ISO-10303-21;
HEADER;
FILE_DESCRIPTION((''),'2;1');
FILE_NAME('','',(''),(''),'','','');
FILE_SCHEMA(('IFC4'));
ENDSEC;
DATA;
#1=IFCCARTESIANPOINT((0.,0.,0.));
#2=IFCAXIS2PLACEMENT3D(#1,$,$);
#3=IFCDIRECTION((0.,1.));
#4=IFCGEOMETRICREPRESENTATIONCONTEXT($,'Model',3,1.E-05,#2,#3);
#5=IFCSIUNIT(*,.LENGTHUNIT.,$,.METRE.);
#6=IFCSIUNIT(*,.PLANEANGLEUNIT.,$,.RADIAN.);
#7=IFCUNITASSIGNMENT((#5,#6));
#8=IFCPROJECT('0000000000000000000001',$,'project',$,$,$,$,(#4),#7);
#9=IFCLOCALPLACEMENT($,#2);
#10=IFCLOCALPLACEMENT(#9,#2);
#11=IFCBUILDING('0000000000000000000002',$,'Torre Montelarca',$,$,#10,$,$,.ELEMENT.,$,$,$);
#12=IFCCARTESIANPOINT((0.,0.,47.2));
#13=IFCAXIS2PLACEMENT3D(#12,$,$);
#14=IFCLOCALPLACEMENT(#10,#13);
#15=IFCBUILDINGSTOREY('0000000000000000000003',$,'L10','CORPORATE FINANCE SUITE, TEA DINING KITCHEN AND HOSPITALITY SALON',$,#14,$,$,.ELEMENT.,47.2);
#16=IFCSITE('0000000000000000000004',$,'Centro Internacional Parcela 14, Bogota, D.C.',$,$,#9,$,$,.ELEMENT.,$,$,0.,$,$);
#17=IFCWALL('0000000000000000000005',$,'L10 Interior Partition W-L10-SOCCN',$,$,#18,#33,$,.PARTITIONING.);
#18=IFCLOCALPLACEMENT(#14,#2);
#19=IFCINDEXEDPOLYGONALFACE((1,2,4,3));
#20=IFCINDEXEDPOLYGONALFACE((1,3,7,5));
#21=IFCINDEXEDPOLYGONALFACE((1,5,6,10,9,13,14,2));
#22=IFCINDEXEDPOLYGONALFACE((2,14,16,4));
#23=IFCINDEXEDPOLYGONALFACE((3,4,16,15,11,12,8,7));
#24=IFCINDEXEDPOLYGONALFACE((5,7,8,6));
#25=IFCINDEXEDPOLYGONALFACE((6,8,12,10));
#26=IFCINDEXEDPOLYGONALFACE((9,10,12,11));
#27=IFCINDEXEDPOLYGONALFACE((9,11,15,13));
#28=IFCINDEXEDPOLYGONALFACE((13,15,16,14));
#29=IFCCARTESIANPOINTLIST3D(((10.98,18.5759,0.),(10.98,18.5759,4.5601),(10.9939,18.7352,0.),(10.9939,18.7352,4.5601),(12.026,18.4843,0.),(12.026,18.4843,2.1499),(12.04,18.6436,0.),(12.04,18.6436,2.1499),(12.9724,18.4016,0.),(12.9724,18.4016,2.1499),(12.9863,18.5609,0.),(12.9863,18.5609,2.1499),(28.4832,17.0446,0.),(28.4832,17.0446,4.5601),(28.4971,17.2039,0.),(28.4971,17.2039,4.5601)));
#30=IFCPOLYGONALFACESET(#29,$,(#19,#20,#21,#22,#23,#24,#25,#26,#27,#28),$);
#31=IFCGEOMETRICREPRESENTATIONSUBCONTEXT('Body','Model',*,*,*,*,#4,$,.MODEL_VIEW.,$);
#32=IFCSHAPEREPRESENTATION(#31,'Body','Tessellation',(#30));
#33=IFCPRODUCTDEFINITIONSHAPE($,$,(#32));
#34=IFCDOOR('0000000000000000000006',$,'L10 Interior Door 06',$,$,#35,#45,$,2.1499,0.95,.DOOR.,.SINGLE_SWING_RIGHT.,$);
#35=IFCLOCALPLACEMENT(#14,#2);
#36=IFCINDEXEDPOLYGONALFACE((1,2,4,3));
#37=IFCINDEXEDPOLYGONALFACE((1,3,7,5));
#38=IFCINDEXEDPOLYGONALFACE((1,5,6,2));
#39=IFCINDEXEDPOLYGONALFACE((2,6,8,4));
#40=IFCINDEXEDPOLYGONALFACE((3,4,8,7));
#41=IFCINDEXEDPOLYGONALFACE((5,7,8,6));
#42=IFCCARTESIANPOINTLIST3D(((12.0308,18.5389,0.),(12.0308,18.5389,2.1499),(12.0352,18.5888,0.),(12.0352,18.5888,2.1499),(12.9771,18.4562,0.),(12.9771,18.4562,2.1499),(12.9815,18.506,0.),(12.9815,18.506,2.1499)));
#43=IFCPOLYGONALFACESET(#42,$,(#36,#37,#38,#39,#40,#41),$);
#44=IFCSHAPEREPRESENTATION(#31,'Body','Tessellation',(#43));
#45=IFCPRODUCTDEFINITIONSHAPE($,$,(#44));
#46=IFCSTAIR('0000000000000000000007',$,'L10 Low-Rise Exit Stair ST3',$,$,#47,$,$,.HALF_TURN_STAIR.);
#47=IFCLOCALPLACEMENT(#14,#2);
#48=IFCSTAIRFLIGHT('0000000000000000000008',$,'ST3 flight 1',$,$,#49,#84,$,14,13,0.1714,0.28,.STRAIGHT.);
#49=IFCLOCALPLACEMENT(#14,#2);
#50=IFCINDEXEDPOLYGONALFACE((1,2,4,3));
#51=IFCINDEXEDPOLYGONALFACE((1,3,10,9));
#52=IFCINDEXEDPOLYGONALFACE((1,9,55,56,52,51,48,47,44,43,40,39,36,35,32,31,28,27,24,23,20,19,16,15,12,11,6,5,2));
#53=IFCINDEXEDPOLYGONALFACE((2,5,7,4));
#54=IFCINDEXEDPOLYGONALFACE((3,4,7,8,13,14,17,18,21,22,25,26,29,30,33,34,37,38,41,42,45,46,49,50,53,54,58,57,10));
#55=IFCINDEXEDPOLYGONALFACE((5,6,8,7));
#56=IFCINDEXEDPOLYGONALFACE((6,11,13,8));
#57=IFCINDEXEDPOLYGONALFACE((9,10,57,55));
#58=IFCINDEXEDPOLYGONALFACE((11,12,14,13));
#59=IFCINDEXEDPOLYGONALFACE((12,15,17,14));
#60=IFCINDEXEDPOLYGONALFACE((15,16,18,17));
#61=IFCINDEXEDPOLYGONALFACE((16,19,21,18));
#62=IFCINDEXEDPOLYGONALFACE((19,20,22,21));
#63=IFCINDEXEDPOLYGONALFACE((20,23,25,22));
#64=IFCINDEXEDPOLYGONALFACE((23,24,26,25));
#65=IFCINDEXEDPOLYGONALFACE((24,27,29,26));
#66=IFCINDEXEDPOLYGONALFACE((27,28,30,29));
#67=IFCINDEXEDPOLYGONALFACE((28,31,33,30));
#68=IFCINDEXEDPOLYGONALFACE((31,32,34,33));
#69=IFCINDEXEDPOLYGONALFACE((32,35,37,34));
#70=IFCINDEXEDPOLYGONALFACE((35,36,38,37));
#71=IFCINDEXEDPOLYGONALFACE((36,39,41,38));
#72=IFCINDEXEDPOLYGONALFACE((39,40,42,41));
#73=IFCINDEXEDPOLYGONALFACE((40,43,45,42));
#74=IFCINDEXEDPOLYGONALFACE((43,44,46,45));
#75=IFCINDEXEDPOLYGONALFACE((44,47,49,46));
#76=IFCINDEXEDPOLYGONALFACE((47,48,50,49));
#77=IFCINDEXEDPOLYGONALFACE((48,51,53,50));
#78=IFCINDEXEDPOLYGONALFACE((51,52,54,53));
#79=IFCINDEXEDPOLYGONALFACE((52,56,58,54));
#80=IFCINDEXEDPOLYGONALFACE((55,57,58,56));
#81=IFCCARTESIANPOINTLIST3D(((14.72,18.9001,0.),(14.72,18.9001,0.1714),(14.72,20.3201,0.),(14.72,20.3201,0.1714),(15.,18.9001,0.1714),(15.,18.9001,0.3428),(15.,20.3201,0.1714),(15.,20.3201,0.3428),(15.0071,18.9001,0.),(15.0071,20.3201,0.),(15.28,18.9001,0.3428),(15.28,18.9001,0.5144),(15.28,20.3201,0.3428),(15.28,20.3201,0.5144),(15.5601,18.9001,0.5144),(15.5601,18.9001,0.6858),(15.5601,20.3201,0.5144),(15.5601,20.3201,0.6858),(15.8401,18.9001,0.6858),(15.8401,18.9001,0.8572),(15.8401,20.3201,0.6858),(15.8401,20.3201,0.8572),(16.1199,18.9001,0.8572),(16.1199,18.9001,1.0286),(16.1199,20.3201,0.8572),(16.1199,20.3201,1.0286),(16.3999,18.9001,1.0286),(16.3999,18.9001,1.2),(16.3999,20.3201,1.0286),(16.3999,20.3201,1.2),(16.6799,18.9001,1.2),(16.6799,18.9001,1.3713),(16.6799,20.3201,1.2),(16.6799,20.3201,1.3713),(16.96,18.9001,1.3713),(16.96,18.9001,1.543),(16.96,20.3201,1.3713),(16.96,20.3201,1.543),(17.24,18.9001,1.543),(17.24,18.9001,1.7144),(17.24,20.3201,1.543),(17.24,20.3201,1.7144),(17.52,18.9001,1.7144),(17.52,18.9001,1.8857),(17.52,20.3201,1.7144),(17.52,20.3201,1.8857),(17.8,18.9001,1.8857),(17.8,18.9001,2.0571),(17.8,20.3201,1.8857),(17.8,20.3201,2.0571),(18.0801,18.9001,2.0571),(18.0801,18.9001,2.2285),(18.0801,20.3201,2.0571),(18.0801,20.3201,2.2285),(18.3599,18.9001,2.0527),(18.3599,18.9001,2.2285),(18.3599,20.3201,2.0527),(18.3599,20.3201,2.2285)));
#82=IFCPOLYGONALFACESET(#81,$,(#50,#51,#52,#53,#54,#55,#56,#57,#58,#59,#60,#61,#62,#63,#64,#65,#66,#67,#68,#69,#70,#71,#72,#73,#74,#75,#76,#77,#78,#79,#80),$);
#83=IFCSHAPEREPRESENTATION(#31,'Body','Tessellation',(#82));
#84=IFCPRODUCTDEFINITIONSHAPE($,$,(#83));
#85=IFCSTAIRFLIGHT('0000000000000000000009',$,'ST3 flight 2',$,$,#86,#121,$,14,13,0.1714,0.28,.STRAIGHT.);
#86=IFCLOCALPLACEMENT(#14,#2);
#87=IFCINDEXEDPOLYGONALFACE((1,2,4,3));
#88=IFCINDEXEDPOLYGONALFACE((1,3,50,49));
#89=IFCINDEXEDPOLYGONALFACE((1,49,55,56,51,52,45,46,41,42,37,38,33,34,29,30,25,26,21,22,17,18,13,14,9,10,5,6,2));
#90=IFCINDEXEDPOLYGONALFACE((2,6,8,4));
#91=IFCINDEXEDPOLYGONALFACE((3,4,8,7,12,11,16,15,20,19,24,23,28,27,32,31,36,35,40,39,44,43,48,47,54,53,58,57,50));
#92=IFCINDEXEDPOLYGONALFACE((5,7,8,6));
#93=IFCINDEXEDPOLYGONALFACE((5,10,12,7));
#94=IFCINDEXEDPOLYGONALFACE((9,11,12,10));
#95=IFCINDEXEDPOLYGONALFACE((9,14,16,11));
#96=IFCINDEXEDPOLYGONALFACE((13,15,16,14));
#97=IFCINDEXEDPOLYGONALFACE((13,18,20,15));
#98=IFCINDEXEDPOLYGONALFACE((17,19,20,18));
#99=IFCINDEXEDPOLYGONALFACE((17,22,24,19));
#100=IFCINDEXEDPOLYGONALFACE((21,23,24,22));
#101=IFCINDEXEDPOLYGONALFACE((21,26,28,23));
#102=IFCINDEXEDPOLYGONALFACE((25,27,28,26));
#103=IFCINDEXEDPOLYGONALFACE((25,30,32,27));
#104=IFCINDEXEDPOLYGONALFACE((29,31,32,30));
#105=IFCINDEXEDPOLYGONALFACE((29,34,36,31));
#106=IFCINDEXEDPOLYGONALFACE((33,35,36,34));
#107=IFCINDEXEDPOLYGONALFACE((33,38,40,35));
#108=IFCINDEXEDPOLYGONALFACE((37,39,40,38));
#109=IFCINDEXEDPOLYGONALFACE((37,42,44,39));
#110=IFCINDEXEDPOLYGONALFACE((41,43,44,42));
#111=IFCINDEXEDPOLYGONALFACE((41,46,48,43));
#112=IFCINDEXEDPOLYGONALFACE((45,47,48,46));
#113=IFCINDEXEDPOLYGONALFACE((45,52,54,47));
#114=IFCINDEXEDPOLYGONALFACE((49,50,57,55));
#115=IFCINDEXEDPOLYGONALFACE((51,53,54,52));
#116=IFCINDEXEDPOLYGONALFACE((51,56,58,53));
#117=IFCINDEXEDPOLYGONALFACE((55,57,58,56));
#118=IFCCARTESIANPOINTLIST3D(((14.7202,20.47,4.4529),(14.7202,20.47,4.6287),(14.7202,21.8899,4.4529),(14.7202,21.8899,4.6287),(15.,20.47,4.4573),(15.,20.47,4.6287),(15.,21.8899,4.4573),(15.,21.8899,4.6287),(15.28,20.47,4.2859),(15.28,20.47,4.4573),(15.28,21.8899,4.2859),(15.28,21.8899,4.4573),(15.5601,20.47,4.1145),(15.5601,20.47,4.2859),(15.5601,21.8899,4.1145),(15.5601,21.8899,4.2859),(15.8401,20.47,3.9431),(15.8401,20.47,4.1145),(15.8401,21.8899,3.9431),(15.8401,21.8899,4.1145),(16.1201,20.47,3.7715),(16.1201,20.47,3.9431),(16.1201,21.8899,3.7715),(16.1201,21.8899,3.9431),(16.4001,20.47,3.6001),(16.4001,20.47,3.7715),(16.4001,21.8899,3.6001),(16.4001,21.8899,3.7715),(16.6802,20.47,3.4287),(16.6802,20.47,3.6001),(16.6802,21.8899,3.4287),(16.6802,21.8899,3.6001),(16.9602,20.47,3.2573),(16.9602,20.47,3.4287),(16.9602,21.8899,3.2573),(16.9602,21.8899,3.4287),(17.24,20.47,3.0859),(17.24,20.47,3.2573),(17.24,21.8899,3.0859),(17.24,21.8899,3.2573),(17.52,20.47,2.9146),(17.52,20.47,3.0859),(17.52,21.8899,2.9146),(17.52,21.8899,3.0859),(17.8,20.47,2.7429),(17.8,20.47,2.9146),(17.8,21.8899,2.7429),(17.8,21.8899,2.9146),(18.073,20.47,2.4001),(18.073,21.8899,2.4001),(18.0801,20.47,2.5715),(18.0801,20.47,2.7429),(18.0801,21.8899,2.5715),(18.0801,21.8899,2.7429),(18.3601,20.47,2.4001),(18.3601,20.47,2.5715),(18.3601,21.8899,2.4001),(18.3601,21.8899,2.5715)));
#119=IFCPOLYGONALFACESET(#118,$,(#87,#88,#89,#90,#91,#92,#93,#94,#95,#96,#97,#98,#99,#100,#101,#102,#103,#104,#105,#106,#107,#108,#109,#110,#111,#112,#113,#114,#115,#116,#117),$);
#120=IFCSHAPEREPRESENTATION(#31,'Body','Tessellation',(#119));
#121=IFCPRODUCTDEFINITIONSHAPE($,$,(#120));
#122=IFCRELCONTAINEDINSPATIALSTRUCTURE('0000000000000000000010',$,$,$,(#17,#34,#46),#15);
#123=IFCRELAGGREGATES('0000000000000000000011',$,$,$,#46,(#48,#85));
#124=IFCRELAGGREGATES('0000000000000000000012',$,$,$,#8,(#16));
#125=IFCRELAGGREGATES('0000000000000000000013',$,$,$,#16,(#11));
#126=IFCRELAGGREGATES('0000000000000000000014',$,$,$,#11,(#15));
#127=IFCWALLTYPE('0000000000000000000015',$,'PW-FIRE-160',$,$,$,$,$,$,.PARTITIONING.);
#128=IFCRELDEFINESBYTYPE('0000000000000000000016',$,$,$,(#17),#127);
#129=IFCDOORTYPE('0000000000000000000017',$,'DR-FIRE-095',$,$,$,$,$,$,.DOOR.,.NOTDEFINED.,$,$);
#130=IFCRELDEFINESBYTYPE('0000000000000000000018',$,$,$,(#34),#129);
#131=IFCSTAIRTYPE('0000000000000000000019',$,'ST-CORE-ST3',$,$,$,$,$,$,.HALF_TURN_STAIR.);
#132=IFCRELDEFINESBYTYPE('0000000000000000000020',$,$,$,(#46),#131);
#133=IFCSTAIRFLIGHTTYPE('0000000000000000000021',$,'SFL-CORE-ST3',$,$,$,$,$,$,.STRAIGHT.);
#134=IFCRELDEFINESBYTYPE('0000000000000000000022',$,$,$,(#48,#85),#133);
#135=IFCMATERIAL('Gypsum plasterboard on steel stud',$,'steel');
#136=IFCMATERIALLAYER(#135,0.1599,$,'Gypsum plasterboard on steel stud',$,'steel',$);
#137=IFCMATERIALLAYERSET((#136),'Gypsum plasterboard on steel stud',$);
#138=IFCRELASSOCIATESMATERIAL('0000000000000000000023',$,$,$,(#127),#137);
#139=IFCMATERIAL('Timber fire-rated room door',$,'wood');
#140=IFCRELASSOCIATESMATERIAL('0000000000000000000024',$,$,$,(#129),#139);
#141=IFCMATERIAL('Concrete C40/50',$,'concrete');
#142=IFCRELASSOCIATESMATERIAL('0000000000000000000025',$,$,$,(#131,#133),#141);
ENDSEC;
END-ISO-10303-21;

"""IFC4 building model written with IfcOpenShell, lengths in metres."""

from ifc_helpers import new_model, si_unit, direction, frame, frame_2d, origin, place, context, subcontext, project, spatial, polyline, rectangle, outline, extrude, source, transform, mapped, material, layer, layer_set, type_object, element, fill, aggregate, save


model = new_model("IFC4")

# Units and contexts
model_context = context("Model", 3, precision=1e-05, world=origin(), true_north=direction((0.0, 1.0)))
body_context = subcontext(model_context, "Body", "Model", "MODEL_VIEW")
ifc_project = project(units=[si_unit("LENGTHUNIT", "METRE"), si_unit("PLANEANGLEUNIT", "RADIAN")], contexts=[model_context])

# Site, building, storey
site_placement = place(None, origin())
site = spatial("IfcSite", under=ifc_project, at=site_placement, Name="Centro Internacional Parcela 14, Bogota, D.C.", CompositionType="ELEMENT", RefElevation=0.0)
building_placement = place(site_placement, origin())
building = spatial("IfcBuilding", under=site, at=building_placement, Name="Torre Montelarca", CompositionType="ELEMENT")
storey_placement = place(building_placement, frame((0.0, 0.0, 47.2)))
storey = spatial("IfcBuildingStorey", under=building, at=storey_placement, Name="L10", Description="CORPORATE FINANCE SUITE, TEA DINING KITCHEN AND HOSPITALITY SALON", CompositionType="ELEMENT", Elevation=47.2)

# Shared definitions
ifc_material_1 = material(Name="Concrete C40/50", Category="concrete")

# Wall, opening, door
ifc_material_2 = material(Name="Gypsum plasterboard on steel stud", Category="steel")
ifc_layer_1 = layer(ifc_material_2, 0.1599, Name="Gypsum plasterboard on steel stud", Category="steel")
ifc_layer_set_1 = layer_set([ifc_layer_1], Name="Gypsum plasterboard on steel stud")
wall_type_1 = type_object("IfcWallType", Name="PW-FIRE-160", PredefinedType="PARTITIONING", material=ifc_layer_set_1)
wall_1_placement = place(storey_placement, frame((10.9868, 18.6555, 0.0), z_axis=(0.0, 0.0, 1.0), x_axis=(0.996195, -0.087151, 0.0)))
wall_1 = element("IfcWall", 1, at=wall_1_placement, inside=storey, type_object=wall_type_1, Name="L10 Interior Partition W-L10-SOCCN", PredefinedType="PARTITIONING", context=body_context, shape_type="SweptSolid", body=[
    extrude(rectangle(XDim=17.5701, YDim=0.1599, at=frame_2d((8.7852, 0.0))), origin(), (0.0, 0.0, 1.0), 4.5601),
])
opening_1_placement = place(wall_1_placement, frame((1.05, 0.0, 0.0)))
opening_1 = element("IfcOpeningElement", 2, at=opening_1_placement, cuts=wall_1, PredefinedType="OPENING", context=body_context, shape_type="SweptSolid", body=[
    extrude(rectangle(XDim=0.95, YDim=2.1499, at=frame_2d((0.4751, 1.075))), frame((0.0, 0.0898, 0.0), z_axis=(0.0, -1.0, 0.0), x_axis=(1.0, 0.0, 0.0)), (0.0, 0.0, 1.0), 0.1799),
])
ifc_material_3 = material(Name="Timber fire-rated room door", Category="wood")
door_type_1 = type_object("IfcDoorType", Name="DR-FIRE-095", OperationType="NOTDEFINED", PredefinedType="DOOR", material=ifc_material_3)
shared_shape_1 = source(origin(), body_context, "Body", "SweptSolid", [
    extrude(rectangle(XDim=0.95, YDim=2.1499, at=frame_2d((0.4751, 1.075))), frame((0.0, 0.0249, 0.0), z_axis=(0.0, -1.0, 0.0), x_axis=(1.0, 0.0, 0.0)), (0.0, 0.0, 1.0), 0.05),
])
door_1_placement = place(opening_1_placement, origin())
door_1 = element("IfcDoor", 3, at=door_1_placement, inside=storey, type_object=door_type_1, Name="L10 Interior Door 06", OperationType="SINGLE_SWING_RIGHT", OverallHeight=2.1499, OverallWidth=0.95, PredefinedType="DOOR", context=body_context, shape_type="MappedRepresentation", body=[
    mapped(shared_shape_1, transform((0.0, 0.0, 0.0), scale=1.0)),
])
fill(opening_1, door_1)

# Stair, stair flights
stair_type = type_object("IfcStairType", Name="ST-CORE-ST3", PredefinedType="HALF_TURN_STAIR", material=ifc_material_1)
stair_placement = place(storey_placement, origin())
stair = element("IfcStair", 4, at=stair_placement, inside=storey, type_object=stair_type, Name="L10 Low-Rise Exit Stair ST3", PredefinedType="HALF_TURN_STAIR")
stair_flight_type = type_object("IfcStairFlightType", Name="SFL-CORE-ST3", PredefinedType="STRAIGHT", material=ifc_material_1)
stair_flight_1_placement = place(storey_placement, frame((14.72, 19.6101, 0.0), z_axis=(0.0, 0.0, 1.0), x_axis=(1.0, 0.0, 0.0)))
stair_flight_1 = element("IfcStairFlight", 5, at=stair_flight_1_placement, type_object=stair_flight_type, Name="ST3 flight 1", NumberOfRisers=14, NumberOfTreads=13, PredefinedType="STRAIGHT", RiserHeight=0.1714, TreadLength=0.28, context=body_context, shape_type="SweptSolid", body=[
    extrude(outline(polyline([(0.0, 0.0), (0.0, 0.1714), (0.28, 0.1714), (0.28, 0.3428), (0.5601, 0.3428), (0.5601, 0.5144), (0.8401, 0.5144), (0.8401, 0.6858), (1.1201, 0.6858), (1.1201, 0.8572), (1.3999, 0.8572), (1.3999, 1.0286), (1.6799, 1.0286), (1.6799, 1.2), (1.96, 1.2), (1.96, 1.3713), (2.24, 1.3713), (2.24, 1.543), (2.52, 1.543), (2.52, 1.7144), (2.8, 1.7144), (2.8, 1.8857), (3.0801, 1.8857), (3.0801, 2.0571), (3.3601, 2.0571), (3.3601, 2.2285), (3.6399, 2.2285), (3.6399, 2.3999), (3.6399, 2.0527), (0.2871, 0.0), (0.0, 0.0)])), frame((0.0, 0.71, 0.0), z_axis=(0.0, -1.0, 0.0), x_axis=(1.0, 0.0, 0.0)), (0.0, 0.0, 1.0), 1.4199),
])
stair_flight_2_placement = place(storey_placement, frame((18.3601, 21.1799, 2.4001), z_axis=(0.0, 0.0, 1.0), x_axis=(-1.0, 0.0, 0.0)))
stair_flight_2 = element("IfcStairFlight", 6, at=stair_flight_2_placement, type_object=stair_flight_type, Name="ST3 flight 2", NumberOfRisers=14, NumberOfTreads=13, PredefinedType="STRAIGHT", RiserHeight=0.1714, TreadLength=0.28, context=body_context, shape_type="SweptSolid", body=[
    extrude(outline(polyline([(0.0, 0.0), (0.0, 0.1714), (0.28, 0.1714), (0.28, 0.3428), (0.5601, 0.3428), (0.5601, 0.5144), (0.8401, 0.5144), (0.8401, 0.6858), (1.1201, 0.6858), (1.1201, 0.8572), (1.3999, 0.8572), (1.3999, 1.0286), (1.6799, 1.0286), (1.6799, 1.2), (1.96, 1.2), (1.96, 1.3713), (2.24, 1.3713), (2.24, 1.543), (2.52, 1.543), (2.52, 1.7144), (2.8, 1.7144), (2.8, 1.8857), (3.0801, 1.8857), (3.0801, 2.0571), (3.3601, 2.0571), (3.3601, 2.2285), (3.6399, 2.2285), (3.6399, 2.3999), (3.6399, 2.0527), (0.2871, 0.0), (0.0, 0.0)])), frame((0.0, 0.71, 0.0), z_axis=(0.0, -1.0, 0.0), x_axis=(1.0, 0.0, 0.0)), (0.0, 0.0, 1.0), 1.4199),
])
aggregate(stair, [stair_flight_1, stair_flight_2])

save(model, "model.ifc")
